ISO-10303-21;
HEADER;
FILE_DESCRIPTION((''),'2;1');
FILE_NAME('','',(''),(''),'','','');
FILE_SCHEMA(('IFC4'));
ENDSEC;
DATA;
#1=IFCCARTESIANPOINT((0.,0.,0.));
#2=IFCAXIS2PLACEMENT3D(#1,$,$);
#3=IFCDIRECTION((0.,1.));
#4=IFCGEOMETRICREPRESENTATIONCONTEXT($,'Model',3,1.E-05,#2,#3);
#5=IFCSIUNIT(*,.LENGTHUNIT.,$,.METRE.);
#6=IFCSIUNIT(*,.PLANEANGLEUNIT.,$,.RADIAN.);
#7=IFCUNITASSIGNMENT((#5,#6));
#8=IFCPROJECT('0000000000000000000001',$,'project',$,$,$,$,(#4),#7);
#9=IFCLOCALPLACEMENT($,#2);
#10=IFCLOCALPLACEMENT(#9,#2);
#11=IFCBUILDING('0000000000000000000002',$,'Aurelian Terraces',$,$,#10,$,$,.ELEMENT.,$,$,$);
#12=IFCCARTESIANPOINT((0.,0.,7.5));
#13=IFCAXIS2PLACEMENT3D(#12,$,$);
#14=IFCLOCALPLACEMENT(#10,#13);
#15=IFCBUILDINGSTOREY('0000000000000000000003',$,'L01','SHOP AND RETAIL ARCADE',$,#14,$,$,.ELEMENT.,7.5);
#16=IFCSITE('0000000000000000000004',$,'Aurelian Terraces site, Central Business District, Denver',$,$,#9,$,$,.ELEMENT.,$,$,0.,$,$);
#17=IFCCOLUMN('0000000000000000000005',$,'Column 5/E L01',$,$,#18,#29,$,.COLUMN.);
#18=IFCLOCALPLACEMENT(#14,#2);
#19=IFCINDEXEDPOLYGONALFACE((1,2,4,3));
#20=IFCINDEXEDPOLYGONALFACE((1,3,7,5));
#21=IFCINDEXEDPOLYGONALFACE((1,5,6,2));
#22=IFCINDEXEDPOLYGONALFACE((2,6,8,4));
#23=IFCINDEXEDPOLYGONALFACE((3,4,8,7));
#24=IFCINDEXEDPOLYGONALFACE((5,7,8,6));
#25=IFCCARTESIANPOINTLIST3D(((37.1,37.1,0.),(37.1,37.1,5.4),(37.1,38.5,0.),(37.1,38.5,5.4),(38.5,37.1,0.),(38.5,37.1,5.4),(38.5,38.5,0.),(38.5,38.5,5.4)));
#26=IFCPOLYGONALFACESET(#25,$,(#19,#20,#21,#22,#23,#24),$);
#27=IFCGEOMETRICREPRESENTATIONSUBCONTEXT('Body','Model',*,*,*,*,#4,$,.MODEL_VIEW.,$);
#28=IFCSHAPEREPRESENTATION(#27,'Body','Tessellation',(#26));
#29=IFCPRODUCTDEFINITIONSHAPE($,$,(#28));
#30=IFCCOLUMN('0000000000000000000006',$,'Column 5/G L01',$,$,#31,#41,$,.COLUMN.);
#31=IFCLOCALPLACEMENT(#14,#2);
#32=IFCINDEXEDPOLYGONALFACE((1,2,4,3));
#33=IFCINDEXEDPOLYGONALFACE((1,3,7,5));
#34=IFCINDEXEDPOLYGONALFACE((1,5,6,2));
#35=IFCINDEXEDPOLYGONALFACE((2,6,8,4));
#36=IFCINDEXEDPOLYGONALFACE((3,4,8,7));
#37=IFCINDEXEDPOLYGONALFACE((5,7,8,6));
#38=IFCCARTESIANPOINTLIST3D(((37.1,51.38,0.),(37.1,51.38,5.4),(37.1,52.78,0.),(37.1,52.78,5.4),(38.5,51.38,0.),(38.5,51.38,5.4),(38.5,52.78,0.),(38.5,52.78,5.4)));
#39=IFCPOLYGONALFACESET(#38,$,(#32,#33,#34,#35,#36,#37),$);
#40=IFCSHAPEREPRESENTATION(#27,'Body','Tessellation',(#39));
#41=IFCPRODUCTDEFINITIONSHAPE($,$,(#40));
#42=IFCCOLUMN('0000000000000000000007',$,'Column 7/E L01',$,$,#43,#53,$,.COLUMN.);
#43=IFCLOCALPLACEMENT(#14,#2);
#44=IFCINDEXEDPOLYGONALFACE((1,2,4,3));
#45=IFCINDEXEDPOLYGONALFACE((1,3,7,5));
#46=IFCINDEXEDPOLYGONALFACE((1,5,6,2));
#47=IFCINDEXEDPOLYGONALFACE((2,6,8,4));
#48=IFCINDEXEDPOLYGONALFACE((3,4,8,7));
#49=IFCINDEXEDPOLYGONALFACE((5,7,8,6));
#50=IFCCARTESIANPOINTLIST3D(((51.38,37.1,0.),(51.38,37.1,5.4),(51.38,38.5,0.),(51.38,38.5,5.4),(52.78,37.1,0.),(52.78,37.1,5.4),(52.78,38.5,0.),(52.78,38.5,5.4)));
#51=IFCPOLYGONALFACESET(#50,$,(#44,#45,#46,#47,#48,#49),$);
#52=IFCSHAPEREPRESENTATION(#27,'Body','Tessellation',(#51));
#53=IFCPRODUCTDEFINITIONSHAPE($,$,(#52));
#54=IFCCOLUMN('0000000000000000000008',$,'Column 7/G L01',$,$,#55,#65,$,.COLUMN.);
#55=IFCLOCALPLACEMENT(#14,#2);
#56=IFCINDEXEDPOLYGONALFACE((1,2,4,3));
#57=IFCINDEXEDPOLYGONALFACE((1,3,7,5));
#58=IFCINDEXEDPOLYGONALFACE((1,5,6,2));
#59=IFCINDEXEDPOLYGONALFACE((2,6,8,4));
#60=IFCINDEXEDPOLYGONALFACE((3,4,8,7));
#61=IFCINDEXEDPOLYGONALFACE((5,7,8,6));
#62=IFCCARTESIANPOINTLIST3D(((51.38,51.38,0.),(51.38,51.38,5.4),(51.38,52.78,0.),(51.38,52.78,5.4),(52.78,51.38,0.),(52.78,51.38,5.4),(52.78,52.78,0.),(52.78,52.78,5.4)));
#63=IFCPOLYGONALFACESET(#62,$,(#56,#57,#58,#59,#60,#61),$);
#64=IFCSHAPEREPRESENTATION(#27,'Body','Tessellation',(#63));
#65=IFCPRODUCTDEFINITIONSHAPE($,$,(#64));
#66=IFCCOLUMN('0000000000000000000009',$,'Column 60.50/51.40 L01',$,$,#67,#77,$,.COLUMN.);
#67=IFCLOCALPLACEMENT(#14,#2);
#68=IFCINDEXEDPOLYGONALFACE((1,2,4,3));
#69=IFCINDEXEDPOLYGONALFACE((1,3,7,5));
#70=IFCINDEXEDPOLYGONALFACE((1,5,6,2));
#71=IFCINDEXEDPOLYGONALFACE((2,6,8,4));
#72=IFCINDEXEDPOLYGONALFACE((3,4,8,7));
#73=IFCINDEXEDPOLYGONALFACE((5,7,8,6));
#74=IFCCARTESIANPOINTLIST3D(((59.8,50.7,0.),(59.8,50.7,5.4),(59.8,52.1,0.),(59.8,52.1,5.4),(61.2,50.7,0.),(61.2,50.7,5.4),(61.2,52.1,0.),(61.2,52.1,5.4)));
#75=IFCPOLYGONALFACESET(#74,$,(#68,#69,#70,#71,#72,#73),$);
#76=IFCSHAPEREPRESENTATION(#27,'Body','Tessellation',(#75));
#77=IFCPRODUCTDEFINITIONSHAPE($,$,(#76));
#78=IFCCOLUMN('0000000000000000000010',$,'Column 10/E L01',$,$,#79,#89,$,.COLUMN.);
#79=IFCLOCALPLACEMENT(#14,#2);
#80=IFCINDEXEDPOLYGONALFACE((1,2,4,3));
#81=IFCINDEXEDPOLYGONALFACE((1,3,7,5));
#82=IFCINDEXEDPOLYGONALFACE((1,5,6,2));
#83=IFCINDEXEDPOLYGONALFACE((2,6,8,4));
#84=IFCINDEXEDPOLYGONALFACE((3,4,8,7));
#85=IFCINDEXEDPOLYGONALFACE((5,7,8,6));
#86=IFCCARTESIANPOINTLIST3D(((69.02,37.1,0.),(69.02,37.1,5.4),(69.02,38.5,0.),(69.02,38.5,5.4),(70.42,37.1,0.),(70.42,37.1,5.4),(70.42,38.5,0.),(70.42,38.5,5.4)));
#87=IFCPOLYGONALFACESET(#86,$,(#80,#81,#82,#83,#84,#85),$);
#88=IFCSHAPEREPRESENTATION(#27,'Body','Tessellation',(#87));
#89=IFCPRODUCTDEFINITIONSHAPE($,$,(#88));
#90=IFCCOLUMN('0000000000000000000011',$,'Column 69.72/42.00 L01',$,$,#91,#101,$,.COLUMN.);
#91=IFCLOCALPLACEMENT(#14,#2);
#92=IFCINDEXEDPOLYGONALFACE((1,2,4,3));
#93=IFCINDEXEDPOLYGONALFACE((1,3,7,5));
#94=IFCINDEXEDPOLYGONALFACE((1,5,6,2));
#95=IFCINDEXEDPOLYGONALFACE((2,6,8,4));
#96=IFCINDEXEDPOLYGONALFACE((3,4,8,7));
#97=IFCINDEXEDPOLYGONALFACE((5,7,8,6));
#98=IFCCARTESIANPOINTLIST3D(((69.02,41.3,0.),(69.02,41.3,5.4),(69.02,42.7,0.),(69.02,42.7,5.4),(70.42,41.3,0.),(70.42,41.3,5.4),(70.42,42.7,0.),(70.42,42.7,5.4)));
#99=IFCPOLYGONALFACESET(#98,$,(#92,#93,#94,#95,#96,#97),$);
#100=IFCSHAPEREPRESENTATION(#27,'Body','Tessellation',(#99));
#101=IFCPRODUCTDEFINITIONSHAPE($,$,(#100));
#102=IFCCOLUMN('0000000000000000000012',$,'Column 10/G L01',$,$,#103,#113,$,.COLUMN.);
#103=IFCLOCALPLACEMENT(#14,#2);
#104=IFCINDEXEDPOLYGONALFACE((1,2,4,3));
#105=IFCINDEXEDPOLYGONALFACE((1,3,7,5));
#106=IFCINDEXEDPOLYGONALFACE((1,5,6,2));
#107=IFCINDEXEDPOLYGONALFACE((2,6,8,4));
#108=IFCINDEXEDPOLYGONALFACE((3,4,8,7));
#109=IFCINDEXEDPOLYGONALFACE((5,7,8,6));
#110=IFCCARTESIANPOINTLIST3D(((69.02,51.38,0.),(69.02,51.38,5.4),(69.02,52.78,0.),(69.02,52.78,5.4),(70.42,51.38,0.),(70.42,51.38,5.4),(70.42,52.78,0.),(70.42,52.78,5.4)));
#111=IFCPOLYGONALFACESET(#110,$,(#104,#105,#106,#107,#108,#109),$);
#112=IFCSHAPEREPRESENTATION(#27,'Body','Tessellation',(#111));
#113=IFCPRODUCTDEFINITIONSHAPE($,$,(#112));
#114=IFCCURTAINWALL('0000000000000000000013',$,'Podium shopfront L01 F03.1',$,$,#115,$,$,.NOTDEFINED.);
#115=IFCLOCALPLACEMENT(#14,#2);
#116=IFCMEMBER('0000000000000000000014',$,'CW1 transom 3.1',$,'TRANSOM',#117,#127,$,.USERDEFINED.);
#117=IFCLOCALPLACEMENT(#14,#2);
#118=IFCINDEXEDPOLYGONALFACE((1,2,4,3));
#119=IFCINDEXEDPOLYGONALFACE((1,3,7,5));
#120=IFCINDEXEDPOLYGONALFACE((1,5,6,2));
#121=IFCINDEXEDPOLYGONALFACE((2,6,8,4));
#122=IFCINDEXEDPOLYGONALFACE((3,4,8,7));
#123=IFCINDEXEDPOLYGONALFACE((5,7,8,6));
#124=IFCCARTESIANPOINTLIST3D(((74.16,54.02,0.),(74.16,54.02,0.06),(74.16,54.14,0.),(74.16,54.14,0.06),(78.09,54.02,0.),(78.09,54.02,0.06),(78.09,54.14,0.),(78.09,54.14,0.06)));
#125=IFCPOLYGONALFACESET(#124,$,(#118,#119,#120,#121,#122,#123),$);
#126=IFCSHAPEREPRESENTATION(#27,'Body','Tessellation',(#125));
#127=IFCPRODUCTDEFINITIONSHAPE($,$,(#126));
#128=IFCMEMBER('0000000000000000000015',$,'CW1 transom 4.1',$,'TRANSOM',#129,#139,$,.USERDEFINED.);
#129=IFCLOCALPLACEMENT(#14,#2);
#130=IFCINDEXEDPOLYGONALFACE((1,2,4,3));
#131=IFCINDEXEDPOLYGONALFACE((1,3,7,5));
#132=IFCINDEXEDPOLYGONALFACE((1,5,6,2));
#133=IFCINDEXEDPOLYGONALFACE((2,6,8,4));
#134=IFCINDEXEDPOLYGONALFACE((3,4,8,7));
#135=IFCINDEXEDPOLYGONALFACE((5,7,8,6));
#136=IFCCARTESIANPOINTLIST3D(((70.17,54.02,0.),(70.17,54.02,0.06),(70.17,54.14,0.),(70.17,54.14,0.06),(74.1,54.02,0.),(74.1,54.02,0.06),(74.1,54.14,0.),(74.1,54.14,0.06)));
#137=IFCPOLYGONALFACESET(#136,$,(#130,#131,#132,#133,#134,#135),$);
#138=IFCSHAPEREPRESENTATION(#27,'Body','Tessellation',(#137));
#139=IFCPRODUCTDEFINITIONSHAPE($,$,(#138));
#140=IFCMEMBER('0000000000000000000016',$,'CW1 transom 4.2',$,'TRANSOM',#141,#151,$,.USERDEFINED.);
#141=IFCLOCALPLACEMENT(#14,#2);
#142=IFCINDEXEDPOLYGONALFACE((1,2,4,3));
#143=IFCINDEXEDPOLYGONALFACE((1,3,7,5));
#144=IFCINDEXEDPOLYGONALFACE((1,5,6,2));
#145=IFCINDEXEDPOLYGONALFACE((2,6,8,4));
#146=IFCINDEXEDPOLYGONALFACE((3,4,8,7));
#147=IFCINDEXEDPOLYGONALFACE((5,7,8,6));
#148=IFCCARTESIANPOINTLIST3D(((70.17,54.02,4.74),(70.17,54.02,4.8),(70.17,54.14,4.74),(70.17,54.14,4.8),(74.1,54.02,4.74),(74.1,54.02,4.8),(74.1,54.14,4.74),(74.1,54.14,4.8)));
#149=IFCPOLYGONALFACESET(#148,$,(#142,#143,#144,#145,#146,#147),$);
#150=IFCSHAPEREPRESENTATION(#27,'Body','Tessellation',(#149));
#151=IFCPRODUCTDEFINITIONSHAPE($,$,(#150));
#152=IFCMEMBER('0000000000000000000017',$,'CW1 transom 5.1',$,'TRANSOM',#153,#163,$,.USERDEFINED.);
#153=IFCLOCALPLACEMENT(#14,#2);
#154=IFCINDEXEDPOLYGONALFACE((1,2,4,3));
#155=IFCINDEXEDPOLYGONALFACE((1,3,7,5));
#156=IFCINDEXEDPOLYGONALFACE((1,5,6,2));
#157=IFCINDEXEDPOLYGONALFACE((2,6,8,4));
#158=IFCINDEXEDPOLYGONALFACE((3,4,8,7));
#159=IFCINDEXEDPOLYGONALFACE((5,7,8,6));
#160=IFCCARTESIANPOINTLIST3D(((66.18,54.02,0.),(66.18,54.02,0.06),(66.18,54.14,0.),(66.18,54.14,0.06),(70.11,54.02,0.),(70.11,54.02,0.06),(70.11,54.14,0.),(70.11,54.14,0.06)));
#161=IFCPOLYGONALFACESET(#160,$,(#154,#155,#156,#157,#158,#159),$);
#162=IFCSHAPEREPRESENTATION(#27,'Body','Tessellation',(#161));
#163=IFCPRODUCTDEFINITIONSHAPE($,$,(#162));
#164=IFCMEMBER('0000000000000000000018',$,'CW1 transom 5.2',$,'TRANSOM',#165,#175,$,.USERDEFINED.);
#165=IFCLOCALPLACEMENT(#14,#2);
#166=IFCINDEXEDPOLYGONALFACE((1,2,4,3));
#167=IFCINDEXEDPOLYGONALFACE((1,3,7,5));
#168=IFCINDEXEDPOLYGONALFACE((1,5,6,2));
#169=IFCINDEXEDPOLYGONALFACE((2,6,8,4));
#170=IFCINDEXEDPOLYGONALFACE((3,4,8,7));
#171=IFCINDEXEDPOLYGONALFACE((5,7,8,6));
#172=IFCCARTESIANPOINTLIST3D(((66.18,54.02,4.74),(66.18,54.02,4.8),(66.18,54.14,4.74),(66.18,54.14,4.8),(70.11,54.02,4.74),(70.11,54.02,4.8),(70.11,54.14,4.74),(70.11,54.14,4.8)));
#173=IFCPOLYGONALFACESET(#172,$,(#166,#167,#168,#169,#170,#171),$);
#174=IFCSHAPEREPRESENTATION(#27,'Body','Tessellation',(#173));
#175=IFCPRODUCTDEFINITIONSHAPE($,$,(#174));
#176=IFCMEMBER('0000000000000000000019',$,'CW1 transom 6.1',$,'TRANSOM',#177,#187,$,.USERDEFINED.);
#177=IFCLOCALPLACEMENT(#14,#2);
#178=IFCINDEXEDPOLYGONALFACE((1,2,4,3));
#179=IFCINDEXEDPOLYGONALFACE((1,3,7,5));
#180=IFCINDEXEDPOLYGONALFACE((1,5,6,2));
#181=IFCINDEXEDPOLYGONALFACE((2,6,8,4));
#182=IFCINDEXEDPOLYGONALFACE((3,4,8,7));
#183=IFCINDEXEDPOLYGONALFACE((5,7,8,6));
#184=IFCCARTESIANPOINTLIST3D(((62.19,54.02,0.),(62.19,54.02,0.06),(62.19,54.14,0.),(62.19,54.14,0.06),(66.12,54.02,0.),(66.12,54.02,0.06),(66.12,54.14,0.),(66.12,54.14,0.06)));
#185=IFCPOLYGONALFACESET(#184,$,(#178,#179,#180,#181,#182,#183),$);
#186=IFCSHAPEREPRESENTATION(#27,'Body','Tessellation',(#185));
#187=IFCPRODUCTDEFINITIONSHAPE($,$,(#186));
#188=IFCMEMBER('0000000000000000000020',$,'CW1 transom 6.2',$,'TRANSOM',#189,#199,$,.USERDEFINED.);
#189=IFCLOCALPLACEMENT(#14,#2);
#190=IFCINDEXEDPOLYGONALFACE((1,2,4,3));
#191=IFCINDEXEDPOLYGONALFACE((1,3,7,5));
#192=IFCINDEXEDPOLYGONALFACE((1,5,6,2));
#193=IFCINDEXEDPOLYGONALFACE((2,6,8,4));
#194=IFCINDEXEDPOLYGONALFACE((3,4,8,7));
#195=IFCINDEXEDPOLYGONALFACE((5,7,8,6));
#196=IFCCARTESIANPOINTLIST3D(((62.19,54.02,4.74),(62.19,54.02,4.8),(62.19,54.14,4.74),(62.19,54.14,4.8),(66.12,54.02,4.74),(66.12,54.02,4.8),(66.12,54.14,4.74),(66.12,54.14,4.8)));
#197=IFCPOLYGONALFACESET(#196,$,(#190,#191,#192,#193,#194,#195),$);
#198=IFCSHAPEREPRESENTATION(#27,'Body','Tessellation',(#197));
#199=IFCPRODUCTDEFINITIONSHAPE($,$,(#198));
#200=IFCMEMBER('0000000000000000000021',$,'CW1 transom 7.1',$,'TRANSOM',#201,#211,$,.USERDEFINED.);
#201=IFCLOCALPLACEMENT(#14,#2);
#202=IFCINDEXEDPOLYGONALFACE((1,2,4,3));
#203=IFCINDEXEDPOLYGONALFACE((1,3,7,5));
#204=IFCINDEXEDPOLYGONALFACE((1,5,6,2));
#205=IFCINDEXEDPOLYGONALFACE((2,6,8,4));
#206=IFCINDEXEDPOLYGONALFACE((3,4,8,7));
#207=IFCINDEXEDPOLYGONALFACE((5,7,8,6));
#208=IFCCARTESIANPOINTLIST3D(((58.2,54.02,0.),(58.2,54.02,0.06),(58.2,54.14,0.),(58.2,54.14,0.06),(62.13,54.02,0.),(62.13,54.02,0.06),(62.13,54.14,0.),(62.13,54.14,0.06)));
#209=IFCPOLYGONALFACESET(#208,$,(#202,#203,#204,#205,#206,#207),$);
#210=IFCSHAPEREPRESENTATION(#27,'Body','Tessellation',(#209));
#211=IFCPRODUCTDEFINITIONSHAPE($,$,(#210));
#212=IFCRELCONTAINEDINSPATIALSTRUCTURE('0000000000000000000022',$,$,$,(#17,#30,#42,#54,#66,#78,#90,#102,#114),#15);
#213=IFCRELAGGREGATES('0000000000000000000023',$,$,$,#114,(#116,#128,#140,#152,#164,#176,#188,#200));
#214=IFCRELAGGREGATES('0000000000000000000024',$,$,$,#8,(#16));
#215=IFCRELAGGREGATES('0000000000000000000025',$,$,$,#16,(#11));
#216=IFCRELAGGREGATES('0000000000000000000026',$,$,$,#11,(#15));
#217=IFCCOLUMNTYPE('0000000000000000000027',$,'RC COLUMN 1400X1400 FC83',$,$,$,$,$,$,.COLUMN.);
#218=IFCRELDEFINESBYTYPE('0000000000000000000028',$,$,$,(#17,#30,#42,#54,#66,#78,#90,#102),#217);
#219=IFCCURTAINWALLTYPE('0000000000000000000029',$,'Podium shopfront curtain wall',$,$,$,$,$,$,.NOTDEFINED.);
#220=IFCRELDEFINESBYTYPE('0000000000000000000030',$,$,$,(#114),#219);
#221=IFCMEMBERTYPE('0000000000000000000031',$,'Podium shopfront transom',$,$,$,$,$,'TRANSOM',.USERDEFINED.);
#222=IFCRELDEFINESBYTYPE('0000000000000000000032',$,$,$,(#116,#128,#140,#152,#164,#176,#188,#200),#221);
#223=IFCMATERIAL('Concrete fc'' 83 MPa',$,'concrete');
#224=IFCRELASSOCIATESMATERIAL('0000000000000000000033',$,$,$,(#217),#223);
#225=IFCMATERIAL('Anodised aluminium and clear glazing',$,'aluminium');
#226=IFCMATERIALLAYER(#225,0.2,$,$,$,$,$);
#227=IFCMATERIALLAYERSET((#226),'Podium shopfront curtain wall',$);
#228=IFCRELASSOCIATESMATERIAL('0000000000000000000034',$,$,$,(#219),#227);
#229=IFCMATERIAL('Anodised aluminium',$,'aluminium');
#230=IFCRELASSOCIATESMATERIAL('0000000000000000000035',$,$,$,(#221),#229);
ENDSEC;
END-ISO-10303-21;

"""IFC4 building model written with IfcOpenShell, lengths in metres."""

from ifc_helpers import new_model, si_unit, direction, frame, origin, origin_2d, place, context, subcontext, project, spatial, rectangle, extrude, source, transform, mapped, material, layer, layer_set, material_profile, profile_set, type_object, element, aggregate, save


model = new_model("IFC4")

# Units and contexts
model_context = context("Model", 3, precision=1e-05, world=origin(), true_north=direction((0.0, 1.0)))
body_context = subcontext(model_context, "Body", "Model", "MODEL_VIEW")
ifc_project = project(units=[si_unit("LENGTHUNIT", "METRE"), si_unit("PLANEANGLEUNIT", "RADIAN")], contexts=[model_context])

# Site, building, storey
site_placement = place(None, origin())
site = spatial("IfcSite", under=ifc_project, at=site_placement, Name="Aurelian Terraces site, Central Business District, Denver", CompositionType="ELEMENT", RefElevation=0.0)
building_placement = place(site_placement, origin())
building = spatial("IfcBuilding", under=site, at=building_placement, Name="Aurelian Terraces", CompositionType="ELEMENT")
storey_placement = place(building_placement, frame((0.0, 0.0, 7.5)))
storey = spatial("IfcBuildingStorey", under=building, at=storey_placement, Name="L01", Description="SHOP AND RETAIL ARCADE", CompositionType="ELEMENT", Elevation=7.5)

# Columns
ifc_material_1 = material(Name="Concrete fc' 83 MPa", Category="concrete")
ifc_material_profile_1 = material_profile(ifc_material_1, rectangle(XDim=1.4, YDim=1.4, at=origin_2d()))
ifc_profile_set_1 = profile_set([ifc_material_profile_1], Name="Concrete fc' 83 MPa")
column_type = type_object("IfcColumnType", Name="RC COLUMN 1400X1400 FC83", PredefinedType="COLUMN", material=ifc_profile_set_1)
shared_shape_1 = source(origin(), body_context, "Body", "SweptSolid", [
    extrude(rectangle(XDim=1.4, YDim=1.4, at=origin_2d()), origin(), (0.0, 0.0, 1.0), 5.4),
])
for number, where, z_axis, x_axis, name in (
    (1, (37.8, 37.8, 0.0), (0.0, 0.0, 1.0), (1.0, 0.0, 0.0), "Column 5/E L01"),
    (2, (37.8, 52.08, 0.0), (0.0, 0.0, 1.0), (1.0, 0.0, 0.0), "Column 5/G L01"),
    (3, (52.08, 37.8, 0.0), (0.0, 0.0, 1.0), (1.0, 0.0, 0.0), "Column 7/E L01"),
    (4, (52.08, 52.08, 0.0), (0.0, 0.0, 1.0), (1.0, 0.0, 0.0), "Column 7/G L01"),
    (5, (60.5, 51.4, 0.0), (0.0, 0.0, 1.0), (1.0, 0.0, 0.0), "Column 60.50/51.40 L01"),
    (6, (69.72, 37.8, 0.0), (0.0, 0.0, 1.0), (1.0, 0.0, 0.0), "Column 10/E L01"),
    (7, (69.72, 42.0, 0.0), (0.0, 0.0, 1.0), (1.0, 0.0, 0.0), "Column 69.72/42.00 L01"),
    (8, (69.72, 52.08, 0.0), (0.0, 0.0, 1.0), (1.0, 0.0, 0.0), "Column 10/G L01"),
):
    element("IfcColumn", number, at=place(storey_placement, frame(where, z_axis=z_axis, x_axis=x_axis)), inside=storey, type_object=column_type, Name=name, PredefinedType="COLUMN", context=body_context, shape_type="MappedRepresentation", body=[
        mapped(shared_shape_1, transform((0.0, 0.0, 0.0), scale=1.0)),
    ])

# Curtain wall, members
ifc_material_2 = material(Name="Anodised aluminium and clear glazing", Category="aluminium")
ifc_layer_1 = layer(ifc_material_2, 0.2)
ifc_layer_set_1 = layer_set([ifc_layer_1], Name="Podium shopfront curtain wall")
curtain_wall_type = type_object("IfcCurtainWallType", Name="Podium shopfront curtain wall", PredefinedType="NOTDEFINED", material=ifc_layer_set_1)
curtain_wall_placement = place(storey_placement, origin())
curtain_wall = element("IfcCurtainWall", 9, at=curtain_wall_placement, inside=storey, type_object=curtain_wall_type, Name="Podium shopfront L01 F03.1", PredefinedType="NOTDEFINED")
ifc_material_3 = material(Name="Anodised aluminium", Category="aluminium")
ifc_material_profile_2 = material_profile(ifc_material_3, rectangle(XDim=0.12, YDim=0.06, at=origin_2d()))
ifc_profile_set_2 = profile_set([ifc_material_profile_2], Name="Anodised aluminium")
member_type_1 = type_object("IfcMemberType", Name="Podium shopfront transom", ElementType="TRANSOM", PredefinedType="USERDEFINED", material=ifc_profile_set_2)
shared_shape_2 = source(origin(), body_context, "Body", "SweptSolid", [
    extrude(rectangle(XDim=0.12, YDim=0.06, at=origin_2d()), origin(), (0.0, 0.0, 1.0), 3.93),
])
member_1_placement = place(storey_placement, frame((78.09, 54.08, 0.03), z_axis=(-1.0, 0.0, 0.0), x_axis=(0.0, -1.0, 0.0)))
member_1 = element("IfcMember", 10, at=member_1_placement, type_object=member_type_1, Name="CW1 transom 3.1", ObjectType="TRANSOM", PredefinedType="USERDEFINED", context=body_context, shape_type="MappedRepresentation", body=[
    mapped(shared_shape_2, transform((0.0, 0.0, 0.0), scale=1.0)),
])
member_2_placement = place(storey_placement, frame((74.1, 54.08, 0.03), z_axis=(-1.0, 0.0, 0.0), x_axis=(0.0, -1.0, 0.0)))
member_2 = element("IfcMember", 11, at=member_2_placement, type_object=member_type_1, Name="CW1 transom 4.1", ObjectType="TRANSOM", PredefinedType="USERDEFINED", context=body_context, shape_type="MappedRepresentation", body=[
    mapped(shared_shape_2, transform((0.0, 0.0, 0.0), scale=1.0)),
])
member_3_placement = place(storey_placement, frame((74.1, 54.08, 4.77), z_axis=(-1.0, 0.0, 0.0), x_axis=(0.0, -1.0, 0.0)))
member_3 = element("IfcMember", 12, at=member_3_placement, type_object=member_type_1, Name="CW1 transom 4.2", ObjectType="TRANSOM", PredefinedType="USERDEFINED", context=body_context, shape_type="MappedRepresentation", body=[
    mapped(shared_shape_2, transform((0.0, 0.0, 0.0), scale=1.0)),
])
member_4_placement = place(storey_placement, frame((70.11, 54.08, 0.03), z_axis=(-1.0, 0.0, 0.0), x_axis=(0.0, -1.0, 0.0)))
member_4 = element("IfcMember", 13, at=member_4_placement, type_object=member_type_1, Name="CW1 transom 5.1", ObjectType="TRANSOM", PredefinedType="USERDEFINED", context=body_context, shape_type="MappedRepresentation", body=[
    mapped(shared_shape_2, transform((0.0, 0.0, 0.0), scale=1.0)),
])
member_5_placement = place(storey_placement, frame((70.11, 54.08, 4.77), z_axis=(-1.0, 0.0, 0.0), x_axis=(0.0, -1.0, 0.0)))
member_5 = element("IfcMember", 14, at=member_5_placement, type_object=member_type_1, Name="CW1 transom 5.2", ObjectType="TRANSOM", PredefinedType="USERDEFINED", context=body_context, shape_type="MappedRepresentation", body=[
    mapped(shared_shape_2, transform((0.0, 0.0, 0.0), scale=1.0)),
])
member_6_placement = place(storey_placement, frame((66.12, 54.08, 0.03), z_axis=(-1.0, 0.0, 0.0), x_axis=(0.0, -1.0, 0.0)))
member_6 = element("IfcMember", 15, at=member_6_placement, type_object=member_type_1, Name="CW1 transom 6.1", ObjectType="TRANSOM", PredefinedType="USERDEFINED", context=body_context, shape_type="MappedRepresentation", body=[
    mapped(shared_shape_2, transform((0.0, 0.0, 0.0), scale=1.0)),
])
member_7_placement = place(storey_placement, frame((66.12, 54.08, 4.77), z_axis=(-1.0, 0.0, 0.0), x_axis=(0.0, -1.0, 0.0)))
member_7 = element("IfcMember", 16, at=member_7_placement, type_object=member_type_1, Name="CW1 transom 6.2", ObjectType="TRANSOM", PredefinedType="USERDEFINED", context=body_context, shape_type="MappedRepresentation", body=[
    mapped(shared_shape_2, transform((0.0, 0.0, 0.0), scale=1.0)),
])
member_8_placement = place(storey_placement, frame((62.13, 54.08, 0.03), z_axis=(-1.0, 0.0, 0.0), x_axis=(0.0, -1.0, 0.0)))
member_8 = element("IfcMember", 17, at=member_8_placement, type_object=member_type_1, Name="CW1 transom 7.1", ObjectType="TRANSOM", PredefinedType="USERDEFINED", context=body_context, shape_type="MappedRepresentation", body=[
    mapped(shared_shape_2, transform((0.0, 0.0, 0.0), scale=1.0)),
])
aggregate(curtain_wall, [member_1, member_2, member_3, member_4, member_5, member_6, member_7, member_8])

save(model, "model.ifc")
